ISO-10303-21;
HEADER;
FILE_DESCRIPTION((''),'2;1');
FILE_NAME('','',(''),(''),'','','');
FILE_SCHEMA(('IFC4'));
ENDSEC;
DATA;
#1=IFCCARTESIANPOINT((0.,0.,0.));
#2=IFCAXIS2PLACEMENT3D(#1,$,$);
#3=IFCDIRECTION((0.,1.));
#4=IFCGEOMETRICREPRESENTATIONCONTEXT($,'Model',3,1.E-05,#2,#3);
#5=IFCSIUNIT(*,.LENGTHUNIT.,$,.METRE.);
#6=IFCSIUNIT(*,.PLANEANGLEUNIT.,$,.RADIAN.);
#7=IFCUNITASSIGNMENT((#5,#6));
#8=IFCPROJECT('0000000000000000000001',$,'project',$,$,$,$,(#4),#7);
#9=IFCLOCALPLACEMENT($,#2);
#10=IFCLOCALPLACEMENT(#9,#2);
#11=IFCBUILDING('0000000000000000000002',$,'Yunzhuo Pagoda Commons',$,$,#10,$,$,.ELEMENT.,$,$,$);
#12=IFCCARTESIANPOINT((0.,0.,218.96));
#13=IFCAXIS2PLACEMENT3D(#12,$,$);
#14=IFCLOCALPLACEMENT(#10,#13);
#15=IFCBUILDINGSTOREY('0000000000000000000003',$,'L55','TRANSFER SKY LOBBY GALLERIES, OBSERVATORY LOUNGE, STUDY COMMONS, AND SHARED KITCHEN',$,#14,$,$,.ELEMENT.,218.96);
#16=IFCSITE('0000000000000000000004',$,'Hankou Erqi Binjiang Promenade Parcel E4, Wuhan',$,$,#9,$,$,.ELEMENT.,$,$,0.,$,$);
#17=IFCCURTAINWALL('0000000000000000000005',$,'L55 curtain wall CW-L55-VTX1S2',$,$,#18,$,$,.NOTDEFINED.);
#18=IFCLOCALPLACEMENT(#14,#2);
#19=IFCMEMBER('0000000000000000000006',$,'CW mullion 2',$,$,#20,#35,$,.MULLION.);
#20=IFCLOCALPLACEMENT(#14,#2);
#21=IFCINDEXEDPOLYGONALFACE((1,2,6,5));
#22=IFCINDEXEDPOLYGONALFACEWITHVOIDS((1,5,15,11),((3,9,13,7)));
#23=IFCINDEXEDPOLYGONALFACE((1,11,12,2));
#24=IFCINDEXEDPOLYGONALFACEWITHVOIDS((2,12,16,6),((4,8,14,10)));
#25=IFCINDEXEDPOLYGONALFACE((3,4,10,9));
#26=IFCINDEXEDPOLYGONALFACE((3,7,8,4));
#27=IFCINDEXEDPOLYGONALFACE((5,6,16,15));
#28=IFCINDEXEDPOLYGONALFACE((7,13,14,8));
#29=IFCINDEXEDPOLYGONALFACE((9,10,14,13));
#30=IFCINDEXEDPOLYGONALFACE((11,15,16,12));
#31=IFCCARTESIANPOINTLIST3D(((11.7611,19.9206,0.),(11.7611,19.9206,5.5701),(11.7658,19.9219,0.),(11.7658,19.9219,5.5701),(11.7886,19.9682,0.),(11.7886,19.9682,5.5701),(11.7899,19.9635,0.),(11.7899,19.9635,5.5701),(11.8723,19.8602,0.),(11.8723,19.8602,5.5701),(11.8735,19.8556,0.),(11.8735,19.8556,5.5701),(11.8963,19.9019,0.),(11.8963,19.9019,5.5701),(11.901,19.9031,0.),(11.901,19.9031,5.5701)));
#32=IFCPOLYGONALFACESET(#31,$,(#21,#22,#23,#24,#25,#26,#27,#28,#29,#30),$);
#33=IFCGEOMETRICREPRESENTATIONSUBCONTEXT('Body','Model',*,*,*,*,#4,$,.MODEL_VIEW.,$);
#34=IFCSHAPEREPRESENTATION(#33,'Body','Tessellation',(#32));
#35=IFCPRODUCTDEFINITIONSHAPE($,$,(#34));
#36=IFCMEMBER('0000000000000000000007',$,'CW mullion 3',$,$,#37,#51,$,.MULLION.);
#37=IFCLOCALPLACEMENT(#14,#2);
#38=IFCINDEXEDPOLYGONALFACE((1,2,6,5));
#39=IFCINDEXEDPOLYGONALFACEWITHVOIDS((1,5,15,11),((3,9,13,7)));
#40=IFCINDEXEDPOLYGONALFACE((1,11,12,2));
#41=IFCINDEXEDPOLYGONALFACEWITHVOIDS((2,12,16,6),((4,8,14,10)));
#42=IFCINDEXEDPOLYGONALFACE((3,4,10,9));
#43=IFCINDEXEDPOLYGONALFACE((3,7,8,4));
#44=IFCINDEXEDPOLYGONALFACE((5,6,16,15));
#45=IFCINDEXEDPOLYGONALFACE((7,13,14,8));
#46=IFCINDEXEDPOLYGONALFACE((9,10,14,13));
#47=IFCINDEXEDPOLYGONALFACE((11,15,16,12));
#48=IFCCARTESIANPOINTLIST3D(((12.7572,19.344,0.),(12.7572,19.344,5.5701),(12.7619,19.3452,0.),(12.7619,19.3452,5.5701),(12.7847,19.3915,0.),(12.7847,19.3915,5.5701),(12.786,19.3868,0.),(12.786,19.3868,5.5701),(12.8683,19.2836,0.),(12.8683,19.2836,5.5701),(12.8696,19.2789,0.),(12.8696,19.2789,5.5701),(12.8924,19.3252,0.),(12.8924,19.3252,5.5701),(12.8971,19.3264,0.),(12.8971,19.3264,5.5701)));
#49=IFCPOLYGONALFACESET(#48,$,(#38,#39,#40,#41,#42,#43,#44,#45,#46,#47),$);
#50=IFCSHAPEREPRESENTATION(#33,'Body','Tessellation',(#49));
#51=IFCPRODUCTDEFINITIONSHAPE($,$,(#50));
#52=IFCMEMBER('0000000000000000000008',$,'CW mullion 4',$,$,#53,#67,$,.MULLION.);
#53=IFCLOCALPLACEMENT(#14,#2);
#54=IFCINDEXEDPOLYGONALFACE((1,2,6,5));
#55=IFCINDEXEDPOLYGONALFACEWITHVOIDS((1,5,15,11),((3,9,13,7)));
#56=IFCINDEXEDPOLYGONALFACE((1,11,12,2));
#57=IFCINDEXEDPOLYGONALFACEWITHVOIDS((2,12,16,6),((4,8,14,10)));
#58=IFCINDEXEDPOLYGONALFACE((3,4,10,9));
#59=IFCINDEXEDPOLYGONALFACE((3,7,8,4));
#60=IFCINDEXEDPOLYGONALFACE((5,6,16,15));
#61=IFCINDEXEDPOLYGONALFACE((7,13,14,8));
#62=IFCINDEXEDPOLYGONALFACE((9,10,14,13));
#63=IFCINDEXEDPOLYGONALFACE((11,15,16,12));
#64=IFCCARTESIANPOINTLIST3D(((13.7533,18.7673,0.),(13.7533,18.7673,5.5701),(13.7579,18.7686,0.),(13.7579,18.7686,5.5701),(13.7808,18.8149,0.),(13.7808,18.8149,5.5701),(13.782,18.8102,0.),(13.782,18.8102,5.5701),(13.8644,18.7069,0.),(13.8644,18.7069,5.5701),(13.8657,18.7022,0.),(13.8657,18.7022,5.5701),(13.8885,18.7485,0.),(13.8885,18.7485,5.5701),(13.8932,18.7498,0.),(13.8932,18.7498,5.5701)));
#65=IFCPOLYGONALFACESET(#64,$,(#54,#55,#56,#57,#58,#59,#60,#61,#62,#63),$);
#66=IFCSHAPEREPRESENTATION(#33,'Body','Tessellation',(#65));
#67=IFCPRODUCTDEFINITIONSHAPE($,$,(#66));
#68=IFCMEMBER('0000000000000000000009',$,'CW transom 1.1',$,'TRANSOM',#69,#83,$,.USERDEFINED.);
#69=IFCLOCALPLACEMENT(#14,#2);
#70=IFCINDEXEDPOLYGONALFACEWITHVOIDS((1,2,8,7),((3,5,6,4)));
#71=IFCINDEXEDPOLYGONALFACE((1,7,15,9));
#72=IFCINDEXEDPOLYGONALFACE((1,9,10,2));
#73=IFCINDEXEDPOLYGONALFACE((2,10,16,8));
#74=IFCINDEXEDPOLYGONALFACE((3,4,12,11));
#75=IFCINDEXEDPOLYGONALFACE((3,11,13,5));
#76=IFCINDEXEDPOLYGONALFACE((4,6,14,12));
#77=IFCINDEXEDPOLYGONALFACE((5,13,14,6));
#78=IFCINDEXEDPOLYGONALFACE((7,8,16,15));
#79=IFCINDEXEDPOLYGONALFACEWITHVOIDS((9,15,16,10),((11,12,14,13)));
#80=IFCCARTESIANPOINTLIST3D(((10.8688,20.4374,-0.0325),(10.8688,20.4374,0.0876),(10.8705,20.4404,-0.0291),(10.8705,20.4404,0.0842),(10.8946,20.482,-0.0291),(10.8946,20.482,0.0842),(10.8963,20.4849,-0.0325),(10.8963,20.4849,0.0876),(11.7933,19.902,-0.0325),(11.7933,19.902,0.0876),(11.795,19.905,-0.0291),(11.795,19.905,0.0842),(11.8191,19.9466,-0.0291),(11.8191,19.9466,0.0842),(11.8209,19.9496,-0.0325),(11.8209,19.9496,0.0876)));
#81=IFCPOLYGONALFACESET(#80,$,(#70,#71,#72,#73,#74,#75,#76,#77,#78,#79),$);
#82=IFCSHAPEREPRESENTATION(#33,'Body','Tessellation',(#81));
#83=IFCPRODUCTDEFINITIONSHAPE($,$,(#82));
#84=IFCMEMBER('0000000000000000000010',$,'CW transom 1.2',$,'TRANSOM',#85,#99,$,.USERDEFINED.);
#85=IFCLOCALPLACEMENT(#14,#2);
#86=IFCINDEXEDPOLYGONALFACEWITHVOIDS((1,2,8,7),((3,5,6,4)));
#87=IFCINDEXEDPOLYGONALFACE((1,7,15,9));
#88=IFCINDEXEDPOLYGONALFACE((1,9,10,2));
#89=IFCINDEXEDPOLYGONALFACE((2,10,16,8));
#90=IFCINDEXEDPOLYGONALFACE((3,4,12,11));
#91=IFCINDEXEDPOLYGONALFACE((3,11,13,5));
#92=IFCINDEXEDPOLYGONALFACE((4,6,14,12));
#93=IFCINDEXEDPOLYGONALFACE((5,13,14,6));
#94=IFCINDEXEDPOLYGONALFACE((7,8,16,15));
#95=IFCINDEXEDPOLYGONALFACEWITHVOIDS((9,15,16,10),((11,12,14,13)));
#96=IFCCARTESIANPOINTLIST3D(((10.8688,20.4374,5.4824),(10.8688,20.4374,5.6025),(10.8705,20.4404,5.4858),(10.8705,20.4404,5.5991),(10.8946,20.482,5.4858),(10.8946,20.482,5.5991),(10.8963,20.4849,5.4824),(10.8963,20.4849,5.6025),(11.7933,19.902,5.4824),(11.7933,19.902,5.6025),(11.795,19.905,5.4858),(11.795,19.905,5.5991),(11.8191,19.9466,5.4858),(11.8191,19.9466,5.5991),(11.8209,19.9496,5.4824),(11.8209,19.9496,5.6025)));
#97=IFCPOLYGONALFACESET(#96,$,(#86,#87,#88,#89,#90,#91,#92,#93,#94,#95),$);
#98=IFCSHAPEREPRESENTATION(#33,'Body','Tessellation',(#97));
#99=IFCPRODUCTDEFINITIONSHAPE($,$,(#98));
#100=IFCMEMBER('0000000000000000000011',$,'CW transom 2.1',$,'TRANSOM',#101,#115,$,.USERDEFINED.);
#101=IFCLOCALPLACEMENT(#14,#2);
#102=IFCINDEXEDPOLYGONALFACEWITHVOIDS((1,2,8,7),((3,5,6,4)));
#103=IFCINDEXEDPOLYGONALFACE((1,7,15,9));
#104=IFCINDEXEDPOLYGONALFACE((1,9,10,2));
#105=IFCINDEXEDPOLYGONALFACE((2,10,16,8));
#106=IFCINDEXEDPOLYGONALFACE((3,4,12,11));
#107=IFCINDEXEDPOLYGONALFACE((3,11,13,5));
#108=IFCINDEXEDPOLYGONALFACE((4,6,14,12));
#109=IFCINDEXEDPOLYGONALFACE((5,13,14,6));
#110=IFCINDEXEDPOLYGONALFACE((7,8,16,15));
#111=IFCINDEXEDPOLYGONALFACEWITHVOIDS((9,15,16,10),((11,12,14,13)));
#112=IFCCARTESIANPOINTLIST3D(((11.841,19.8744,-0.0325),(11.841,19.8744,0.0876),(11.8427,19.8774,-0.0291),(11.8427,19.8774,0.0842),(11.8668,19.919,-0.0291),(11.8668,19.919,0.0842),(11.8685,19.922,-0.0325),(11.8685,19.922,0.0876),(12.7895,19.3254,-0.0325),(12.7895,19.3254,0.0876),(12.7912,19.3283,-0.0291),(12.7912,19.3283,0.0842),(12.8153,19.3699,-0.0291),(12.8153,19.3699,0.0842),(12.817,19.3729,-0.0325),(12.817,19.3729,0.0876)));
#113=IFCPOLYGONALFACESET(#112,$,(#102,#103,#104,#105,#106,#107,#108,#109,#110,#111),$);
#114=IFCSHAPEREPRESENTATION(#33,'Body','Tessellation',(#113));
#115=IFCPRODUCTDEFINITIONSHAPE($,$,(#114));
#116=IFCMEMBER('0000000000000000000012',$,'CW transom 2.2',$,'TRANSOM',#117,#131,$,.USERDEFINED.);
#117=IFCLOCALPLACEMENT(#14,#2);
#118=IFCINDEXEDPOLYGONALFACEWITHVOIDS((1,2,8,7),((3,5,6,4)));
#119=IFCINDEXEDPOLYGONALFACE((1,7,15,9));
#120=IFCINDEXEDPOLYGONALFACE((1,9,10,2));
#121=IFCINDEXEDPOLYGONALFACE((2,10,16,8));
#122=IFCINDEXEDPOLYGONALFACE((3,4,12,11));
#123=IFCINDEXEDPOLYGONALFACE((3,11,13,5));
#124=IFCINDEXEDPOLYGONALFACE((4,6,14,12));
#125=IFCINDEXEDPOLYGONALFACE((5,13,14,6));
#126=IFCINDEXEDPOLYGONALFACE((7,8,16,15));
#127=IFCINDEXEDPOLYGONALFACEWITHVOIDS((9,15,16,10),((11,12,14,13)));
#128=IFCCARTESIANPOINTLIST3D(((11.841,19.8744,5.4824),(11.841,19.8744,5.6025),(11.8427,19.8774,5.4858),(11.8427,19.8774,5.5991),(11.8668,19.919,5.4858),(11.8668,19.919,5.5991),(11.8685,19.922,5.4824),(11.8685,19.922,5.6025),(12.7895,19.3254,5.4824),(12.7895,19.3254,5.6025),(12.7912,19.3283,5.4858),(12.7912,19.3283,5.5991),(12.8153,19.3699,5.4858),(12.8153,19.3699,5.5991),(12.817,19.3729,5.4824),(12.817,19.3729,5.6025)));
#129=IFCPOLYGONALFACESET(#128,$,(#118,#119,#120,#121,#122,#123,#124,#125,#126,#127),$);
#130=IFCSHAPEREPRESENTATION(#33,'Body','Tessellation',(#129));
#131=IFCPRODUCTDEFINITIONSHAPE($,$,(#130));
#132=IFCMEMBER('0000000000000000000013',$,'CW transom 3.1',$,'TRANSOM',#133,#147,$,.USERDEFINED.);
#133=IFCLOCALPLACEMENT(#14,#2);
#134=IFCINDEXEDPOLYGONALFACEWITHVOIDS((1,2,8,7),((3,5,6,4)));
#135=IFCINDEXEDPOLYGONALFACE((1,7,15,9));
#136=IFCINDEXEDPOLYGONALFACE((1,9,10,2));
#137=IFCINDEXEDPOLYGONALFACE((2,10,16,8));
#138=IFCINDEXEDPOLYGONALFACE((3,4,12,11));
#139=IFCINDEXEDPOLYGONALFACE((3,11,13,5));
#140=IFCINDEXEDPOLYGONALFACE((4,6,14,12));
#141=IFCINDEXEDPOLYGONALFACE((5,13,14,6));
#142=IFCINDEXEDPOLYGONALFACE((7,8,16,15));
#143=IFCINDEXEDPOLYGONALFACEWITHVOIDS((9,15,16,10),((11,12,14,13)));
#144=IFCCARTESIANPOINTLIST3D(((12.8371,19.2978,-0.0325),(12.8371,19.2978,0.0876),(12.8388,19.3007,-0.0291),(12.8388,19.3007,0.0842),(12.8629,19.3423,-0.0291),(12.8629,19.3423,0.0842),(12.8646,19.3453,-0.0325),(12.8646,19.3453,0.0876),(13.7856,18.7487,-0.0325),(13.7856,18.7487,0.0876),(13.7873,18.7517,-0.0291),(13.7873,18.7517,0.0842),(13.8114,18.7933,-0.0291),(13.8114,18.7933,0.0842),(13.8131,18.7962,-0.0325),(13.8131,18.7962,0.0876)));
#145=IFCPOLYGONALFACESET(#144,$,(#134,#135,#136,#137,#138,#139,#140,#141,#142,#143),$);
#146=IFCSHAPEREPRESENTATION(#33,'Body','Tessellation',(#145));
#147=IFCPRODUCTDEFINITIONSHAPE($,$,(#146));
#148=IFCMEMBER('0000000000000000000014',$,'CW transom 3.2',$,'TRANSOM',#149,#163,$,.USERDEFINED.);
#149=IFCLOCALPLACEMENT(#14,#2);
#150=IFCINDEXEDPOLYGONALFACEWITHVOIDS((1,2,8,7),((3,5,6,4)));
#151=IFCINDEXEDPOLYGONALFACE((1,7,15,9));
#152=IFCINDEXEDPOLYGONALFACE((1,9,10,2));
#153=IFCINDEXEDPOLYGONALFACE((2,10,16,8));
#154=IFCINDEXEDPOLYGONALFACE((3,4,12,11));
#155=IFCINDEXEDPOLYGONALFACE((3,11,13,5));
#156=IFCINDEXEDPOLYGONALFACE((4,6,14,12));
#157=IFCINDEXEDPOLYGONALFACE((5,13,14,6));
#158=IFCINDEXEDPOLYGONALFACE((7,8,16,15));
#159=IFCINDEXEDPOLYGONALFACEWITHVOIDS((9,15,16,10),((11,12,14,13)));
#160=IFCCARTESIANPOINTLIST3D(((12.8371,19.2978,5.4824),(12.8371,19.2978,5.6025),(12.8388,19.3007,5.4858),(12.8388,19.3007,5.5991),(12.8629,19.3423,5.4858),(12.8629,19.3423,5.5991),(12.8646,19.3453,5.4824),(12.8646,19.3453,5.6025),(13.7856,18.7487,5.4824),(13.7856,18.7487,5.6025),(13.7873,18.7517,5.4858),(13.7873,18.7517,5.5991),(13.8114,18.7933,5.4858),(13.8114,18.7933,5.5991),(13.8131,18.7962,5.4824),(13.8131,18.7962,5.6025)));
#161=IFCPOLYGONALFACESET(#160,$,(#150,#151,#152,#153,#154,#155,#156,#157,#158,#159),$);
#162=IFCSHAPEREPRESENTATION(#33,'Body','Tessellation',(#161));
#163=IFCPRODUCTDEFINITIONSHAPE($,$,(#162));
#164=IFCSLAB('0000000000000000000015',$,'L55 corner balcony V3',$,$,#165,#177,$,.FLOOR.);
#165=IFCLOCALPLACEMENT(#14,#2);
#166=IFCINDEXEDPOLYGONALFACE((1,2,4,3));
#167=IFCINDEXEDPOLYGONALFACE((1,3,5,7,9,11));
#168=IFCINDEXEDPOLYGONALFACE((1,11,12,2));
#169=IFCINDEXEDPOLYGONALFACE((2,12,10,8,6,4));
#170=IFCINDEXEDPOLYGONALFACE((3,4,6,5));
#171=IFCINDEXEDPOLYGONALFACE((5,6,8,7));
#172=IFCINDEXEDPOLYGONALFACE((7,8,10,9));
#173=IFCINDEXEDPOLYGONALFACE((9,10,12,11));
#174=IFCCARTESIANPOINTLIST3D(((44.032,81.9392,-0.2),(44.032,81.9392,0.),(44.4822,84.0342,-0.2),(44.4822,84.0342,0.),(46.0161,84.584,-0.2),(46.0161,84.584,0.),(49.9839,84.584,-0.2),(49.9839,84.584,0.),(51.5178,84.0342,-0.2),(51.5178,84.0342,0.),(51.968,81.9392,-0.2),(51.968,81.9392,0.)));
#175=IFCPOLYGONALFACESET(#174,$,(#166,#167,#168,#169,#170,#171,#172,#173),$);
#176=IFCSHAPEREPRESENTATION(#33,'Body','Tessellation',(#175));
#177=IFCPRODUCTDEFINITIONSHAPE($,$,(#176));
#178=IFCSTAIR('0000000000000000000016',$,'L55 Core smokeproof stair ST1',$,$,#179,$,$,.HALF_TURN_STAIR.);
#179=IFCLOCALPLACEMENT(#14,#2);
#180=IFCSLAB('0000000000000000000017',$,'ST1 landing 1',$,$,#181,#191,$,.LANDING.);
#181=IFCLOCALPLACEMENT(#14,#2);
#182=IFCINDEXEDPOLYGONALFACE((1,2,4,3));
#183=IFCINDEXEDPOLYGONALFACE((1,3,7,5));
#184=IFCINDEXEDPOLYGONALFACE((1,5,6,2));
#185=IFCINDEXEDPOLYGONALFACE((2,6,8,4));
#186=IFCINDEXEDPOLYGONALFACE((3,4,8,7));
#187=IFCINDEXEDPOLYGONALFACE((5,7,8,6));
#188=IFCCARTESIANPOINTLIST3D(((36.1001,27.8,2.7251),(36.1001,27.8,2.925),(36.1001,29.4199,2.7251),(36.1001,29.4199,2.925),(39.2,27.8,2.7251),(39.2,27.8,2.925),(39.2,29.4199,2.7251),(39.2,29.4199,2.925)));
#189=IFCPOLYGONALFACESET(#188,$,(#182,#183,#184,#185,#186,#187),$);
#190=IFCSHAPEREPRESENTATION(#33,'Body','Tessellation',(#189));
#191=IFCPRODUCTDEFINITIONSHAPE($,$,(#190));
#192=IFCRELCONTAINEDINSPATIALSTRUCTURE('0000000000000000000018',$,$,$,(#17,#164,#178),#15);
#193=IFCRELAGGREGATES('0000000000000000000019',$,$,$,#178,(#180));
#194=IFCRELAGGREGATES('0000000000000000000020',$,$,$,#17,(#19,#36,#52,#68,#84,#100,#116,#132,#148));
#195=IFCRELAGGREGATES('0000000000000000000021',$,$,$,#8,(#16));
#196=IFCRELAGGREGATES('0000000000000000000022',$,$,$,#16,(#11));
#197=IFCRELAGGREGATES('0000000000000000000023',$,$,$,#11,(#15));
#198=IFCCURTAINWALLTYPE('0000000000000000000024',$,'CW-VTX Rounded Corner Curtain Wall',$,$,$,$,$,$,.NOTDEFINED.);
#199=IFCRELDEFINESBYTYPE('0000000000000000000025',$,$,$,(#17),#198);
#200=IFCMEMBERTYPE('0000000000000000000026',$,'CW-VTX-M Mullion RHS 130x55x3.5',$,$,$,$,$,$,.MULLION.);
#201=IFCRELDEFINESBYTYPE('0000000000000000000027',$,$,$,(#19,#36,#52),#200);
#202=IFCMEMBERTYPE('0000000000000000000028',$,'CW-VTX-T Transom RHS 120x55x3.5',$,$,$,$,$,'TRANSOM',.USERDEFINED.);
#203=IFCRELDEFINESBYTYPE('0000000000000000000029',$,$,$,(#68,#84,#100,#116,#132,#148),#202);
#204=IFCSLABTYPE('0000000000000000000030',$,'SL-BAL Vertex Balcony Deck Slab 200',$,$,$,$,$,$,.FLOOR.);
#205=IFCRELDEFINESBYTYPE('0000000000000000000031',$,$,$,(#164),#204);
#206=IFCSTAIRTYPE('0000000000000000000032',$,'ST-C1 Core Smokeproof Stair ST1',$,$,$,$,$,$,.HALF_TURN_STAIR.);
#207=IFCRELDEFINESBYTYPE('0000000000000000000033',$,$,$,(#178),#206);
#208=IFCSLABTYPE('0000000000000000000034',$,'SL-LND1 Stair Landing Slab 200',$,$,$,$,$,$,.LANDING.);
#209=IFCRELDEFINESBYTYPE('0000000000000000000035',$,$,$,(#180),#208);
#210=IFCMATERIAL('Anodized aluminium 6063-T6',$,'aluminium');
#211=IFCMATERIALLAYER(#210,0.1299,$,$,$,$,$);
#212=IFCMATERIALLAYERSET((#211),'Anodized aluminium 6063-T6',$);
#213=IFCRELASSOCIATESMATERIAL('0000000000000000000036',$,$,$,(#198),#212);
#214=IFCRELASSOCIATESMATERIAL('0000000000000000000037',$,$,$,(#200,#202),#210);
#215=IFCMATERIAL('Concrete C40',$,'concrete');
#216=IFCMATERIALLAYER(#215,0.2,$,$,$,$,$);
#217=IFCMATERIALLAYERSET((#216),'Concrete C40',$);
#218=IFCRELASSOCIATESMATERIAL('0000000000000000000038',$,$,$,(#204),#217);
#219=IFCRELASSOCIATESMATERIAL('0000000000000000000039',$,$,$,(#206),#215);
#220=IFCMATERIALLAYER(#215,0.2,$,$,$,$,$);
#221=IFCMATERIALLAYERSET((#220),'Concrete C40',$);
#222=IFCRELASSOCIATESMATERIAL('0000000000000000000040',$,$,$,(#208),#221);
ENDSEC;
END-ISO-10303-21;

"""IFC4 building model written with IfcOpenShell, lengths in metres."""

from ifc_helpers import new_model, si_unit, direction, frame, origin, origin_2d, place, context, subcontext, project, spatial, polyline, hollow_rectangle, outline, extrude, source, transform, mapped, material, layer, layer_set, material_profile, profile_set, type_object, element, aggregate, save


model = new_model("IFC4")

# Units and contexts
model_context = context("Model", 3, precision=1e-05, world=origin(), true_north=direction((0.0, 1.0)))
body_context = subcontext(model_context, "Body", "Model", "MODEL_VIEW")
ifc_project = project(units=[si_unit("LENGTHUNIT", "METRE"), si_unit("PLANEANGLEUNIT", "RADIAN")], contexts=[model_context])

# Site, building, storey
site_placement = place(None, origin())
site = spatial("IfcSite", under=ifc_project, at=site_placement, Name="Hankou Erqi Binjiang Promenade Parcel E4, Wuhan", CompositionType="ELEMENT", RefElevation=0.0)
building_placement = place(site_placement, origin())
building = spatial("IfcBuilding", under=site, at=building_placement, Name="Yunzhuo Pagoda Commons", CompositionType="ELEMENT")
storey_placement = place(building_placement, frame((0.0, 0.0, 218.96)))
storey = spatial("IfcBuildingStorey", under=building, at=storey_placement, Name="L55", Description="TRANSFER SKY LOBBY GALLERIES, OBSERVATORY LOUNGE, STUDY COMMONS, AND SHARED KITCHEN", CompositionType="ELEMENT", Elevation=218.96)

# Curtain wall, members
ifc_material_1 = material(Name="Anodized aluminium 6063-T6", Category="aluminium")
ifc_layer_1 = layer(ifc_material_1, 0.1299)
ifc_layer_set_1 = layer_set([ifc_layer_1], Name="Anodized aluminium 6063-T6")
curtain_wall_type = type_object("IfcCurtainWallType", Name="CW-VTX Rounded Corner Curtain Wall", PredefinedType="NOTDEFINED", material=ifc_layer_set_1)
curtain_wall_1_placement = place(storey_placement, origin())
curtain_wall_1 = element("IfcCurtainWall", 1, at=curtain_wall_1_placement, inside=storey, type_object=curtain_wall_type, Name="L55 curtain wall CW-L55-VTX1S2", PredefinedType="NOTDEFINED")
ifc_material_profile_1 = material_profile(ifc_material_1, hollow_rectangle(XDim=0.0549, YDim=0.1299, WallThickness=0.0034, at=origin_2d()), Name="Anodized aluminium 6063-T6")
ifc_profile_set_1 = profile_set([ifc_material_profile_1], Name="Anodized aluminium 6063-T6")
member_type_1 = type_object("IfcMemberType", Name="CW-VTX-M Mullion RHS 130x55x3.5", PredefinedType="MULLION", material=ifc_profile_set_1)
shared_shape_1 = source(origin(), body_context, "Body", "SweptSolid", [
    extrude(hollow_rectangle(XDim=0.0549, YDim=0.1299, WallThickness=0.0034, at=origin_2d()), origin(), (0.0, 0.0, 1.0), 5.5701),
])
member_1_placement = place(storey_placement, frame((11.8311, 19.9119, 0.0), z_axis=(0.0, 0.0, 1.0), x_axis=(0.501027, 0.865432, 0.0)))
member_1 = element("IfcMember", 2, at=member_1_placement, type_object=member_type_1, Name="CW mullion 2", PredefinedType="MULLION", context=body_context, shape_type="MappedRepresentation", body=[
    mapped(shared_shape_1, transform((0.0, 0.0, 0.0), scale=1.0)),
])
member_2_placement = place(storey_placement, frame((12.8271, 19.3352, 0.0), z_axis=(0.0, 0.0, 1.0), x_axis=(0.501027, 0.865432, 0.0)))
member_2 = element("IfcMember", 3, at=member_2_placement, type_object=member_type_1, Name="CW mullion 3", PredefinedType="MULLION", context=body_context, shape_type="MappedRepresentation", body=[
    mapped(shared_shape_1, transform((0.0, 0.0, 0.0), scale=1.0)),
])
member_3_placement = place(storey_placement, frame((13.8232, 18.7585, 0.0), z_axis=(0.0, 0.0, 1.0), x_axis=(0.501027, 0.865432, 0.0)))
member_3 = element("IfcMember", 4, at=member_3_placement, type_object=member_type_1, Name="CW mullion 4", PredefinedType="MULLION", context=body_context, shape_type="MappedRepresentation", body=[
    mapped(shared_shape_1, transform((0.0, 0.0, 0.0), scale=1.0)),
])
ifc_material_profile_2 = material_profile(ifc_material_1, hollow_rectangle(XDim=0.0549, YDim=0.1201, WallThickness=0.0034, at=origin_2d()), Name="Anodized aluminium 6063-T6")
ifc_profile_set_2 = profile_set([ifc_material_profile_2], Name="Anodized aluminium 6063-T6")
member_type_2 = type_object("IfcMemberType", Name="CW-VTX-T Transom RHS 120x55x3.5", ElementType="TRANSOM", PredefinedType="USERDEFINED", material=ifc_profile_set_2)
shared_shape_2 = source(origin(), body_context, "Body", "SweptSolid", [
    extrude(hollow_rectangle(XDim=0.0549, YDim=0.1201, WallThickness=0.0034, at=origin_2d()), origin(), (0.0, 0.0, 1.0), 1.0684),
])
member_4_placement = place(storey_placement, frame((10.8826, 20.4612, 0.0276), z_axis=(0.865374, -0.501126, 0.0), x_axis=(0.501126, 0.865374, 0.0)))
member_4 = element("IfcMember", 5, at=member_4_placement, type_object=member_type_2, Name="CW transom 1.1", ObjectType="TRANSOM", PredefinedType="USERDEFINED", context=body_context, shape_type="MappedRepresentation", body=[
    mapped(shared_shape_2, transform((0.0, 0.0, 0.0), scale=1.0)),
])
member_5_placement = place(storey_placement, frame((10.8826, 20.4612, 5.5425), z_axis=(0.865374, -0.501126, 0.0), x_axis=(0.501126, 0.865374, 0.0)))
member_5 = element("IfcMember", 6, at=member_5_placement, type_object=member_type_2, Name="CW transom 1.2", ObjectType="TRANSOM", PredefinedType="USERDEFINED", context=body_context, shape_type="MappedRepresentation", body=[
    mapped(shared_shape_2, transform((0.0, 0.0, 0.0), scale=1.0)),
])
shared_shape_3 = source(origin(), body_context, "Body", "SweptSolid", [
    extrude(hollow_rectangle(XDim=0.0549, YDim=0.1201, WallThickness=0.0034, at=origin_2d()), origin(), (0.0, 0.0, 1.0), 1.0959),
])
member_6_placement = place(storey_placement, frame((11.8547, 19.8982, 0.0276), z_axis=(0.865447, -0.501001, 0.0), x_axis=(0.501001, 0.865447, 0.0)))
member_6 = element("IfcMember", 7, at=member_6_placement, type_object=member_type_2, Name="CW transom 2.1", ObjectType="TRANSOM", PredefinedType="USERDEFINED", context=body_context, shape_type="MappedRepresentation", body=[
    mapped(shared_shape_3, transform((0.0, 0.0, 0.0), scale=1.0)),
])
member_7_placement = place(storey_placement, frame((11.8547, 19.8982, 5.5425), z_axis=(0.865447, -0.501001, 0.0), x_axis=(0.501001, 0.865447, 0.0)))
member_7 = element("IfcMember", 8, at=member_7_placement, type_object=member_type_2, Name="CW transom 2.2", ObjectType="TRANSOM", PredefinedType="USERDEFINED", context=body_context, shape_type="MappedRepresentation", body=[
    mapped(shared_shape_3, transform((0.0, 0.0, 0.0), scale=1.0)),
])
member_8_placement = place(storey_placement, frame((12.8508, 19.3215, 0.0276), z_axis=(0.865447, -0.501001, 0.0), x_axis=(0.501001, 0.865447, 0.0)))
member_8 = element("IfcMember", 9, at=member_8_placement, type_object=member_type_2, Name="CW transom 3.1", ObjectType="TRANSOM", PredefinedType="USERDEFINED", context=body_context, shape_type="MappedRepresentation", body=[
    mapped(shared_shape_3, transform((0.0, 0.0, 0.0), scale=1.0)),
])
member_9_placement = place(storey_placement, frame((12.8508, 19.3215, 5.5425), z_axis=(0.865447, -0.501001, 0.0), x_axis=(0.501001, 0.865447, 0.0)))
member_9 = element("IfcMember", 10, at=member_9_placement, type_object=member_type_2, Name="CW transom 3.2", ObjectType="TRANSOM", PredefinedType="USERDEFINED", context=body_context, shape_type="MappedRepresentation", body=[
    mapped(shared_shape_3, transform((0.0, 0.0, 0.0), scale=1.0)),
])

# Slab
ifc_material_2 = material(Name="Concrete C40", Category="concrete")
ifc_layer_2 = layer(ifc_material_2, 0.2)
ifc_layer_set_2 = layer_set([ifc_layer_2], Name="Concrete C40")
slab_type_1 = type_object("IfcSlabType", Name="SL-BAL Vertex Balcony Deck Slab 200", PredefinedType="FLOOR", material=ifc_layer_set_2)
slab_1_placement = place(storey_placement, frame((0.0, 0.0, -0.2)))
element("IfcSlab", 11, at=slab_1_placement, inside=storey, type_object=slab_type_1, Name="L55 corner balcony V3", PredefinedType="FLOOR", context=body_context, shape_type="SweptSolid", body=[
    extrude(outline(polyline([(51.968, 81.9392), (44.032, 81.9392), (44.4822, 84.0342), (46.0161, 84.584), (49.9839, 84.584), (51.5178, 84.0342), (51.968, 81.9392)])), origin(), (0.0, 0.0, 1.0), 0.2),
])

# Stair, slab
stair_type_1 = type_object("IfcStairType", Name="ST-C1 Core Smokeproof Stair ST1", PredefinedType="HALF_TURN_STAIR", material=ifc_material_2)
stair_1_placement = place(storey_placement, origin())
stair_1 = element("IfcStair", 12, at=stair_1_placement, inside=storey, type_object=stair_type_1, Name="L55 Core smokeproof stair ST1", PredefinedType="HALF_TURN_STAIR")
ifc_layer_3 = layer(ifc_material_2, 0.2)
ifc_layer_set_3 = layer_set([ifc_layer_3], Name="Concrete C40")
slab_type_2 = type_object("IfcSlabType", Name="SL-LND1 Stair Landing Slab 200", PredefinedType="LANDING", material=ifc_layer_set_3)
slab_2_placement = place(storey_placement, frame((0.0, 0.0, 2.7251)))
slab_2 = element("IfcSlab", 13, at=slab_2_placement, type_object=slab_type_2, Name="ST1 landing 1", PredefinedType="LANDING", context=body_context, shape_type="SweptSolid", body=[
    extrude(outline(polyline([(36.1001, 29.4199), (36.1001, 27.8), (39.2, 27.8), (39.2, 29.4199), (36.1001, 29.4199)])), origin(), (0.0, 0.0, 1.0), 0.2),
])
aggregate(stair_1, [slab_2])

aggregate(curtain_wall_1, [member_1, member_2, member_3, member_4, member_5, member_6, member_7, member_8, member_9])

save(model, "model.ifc")
